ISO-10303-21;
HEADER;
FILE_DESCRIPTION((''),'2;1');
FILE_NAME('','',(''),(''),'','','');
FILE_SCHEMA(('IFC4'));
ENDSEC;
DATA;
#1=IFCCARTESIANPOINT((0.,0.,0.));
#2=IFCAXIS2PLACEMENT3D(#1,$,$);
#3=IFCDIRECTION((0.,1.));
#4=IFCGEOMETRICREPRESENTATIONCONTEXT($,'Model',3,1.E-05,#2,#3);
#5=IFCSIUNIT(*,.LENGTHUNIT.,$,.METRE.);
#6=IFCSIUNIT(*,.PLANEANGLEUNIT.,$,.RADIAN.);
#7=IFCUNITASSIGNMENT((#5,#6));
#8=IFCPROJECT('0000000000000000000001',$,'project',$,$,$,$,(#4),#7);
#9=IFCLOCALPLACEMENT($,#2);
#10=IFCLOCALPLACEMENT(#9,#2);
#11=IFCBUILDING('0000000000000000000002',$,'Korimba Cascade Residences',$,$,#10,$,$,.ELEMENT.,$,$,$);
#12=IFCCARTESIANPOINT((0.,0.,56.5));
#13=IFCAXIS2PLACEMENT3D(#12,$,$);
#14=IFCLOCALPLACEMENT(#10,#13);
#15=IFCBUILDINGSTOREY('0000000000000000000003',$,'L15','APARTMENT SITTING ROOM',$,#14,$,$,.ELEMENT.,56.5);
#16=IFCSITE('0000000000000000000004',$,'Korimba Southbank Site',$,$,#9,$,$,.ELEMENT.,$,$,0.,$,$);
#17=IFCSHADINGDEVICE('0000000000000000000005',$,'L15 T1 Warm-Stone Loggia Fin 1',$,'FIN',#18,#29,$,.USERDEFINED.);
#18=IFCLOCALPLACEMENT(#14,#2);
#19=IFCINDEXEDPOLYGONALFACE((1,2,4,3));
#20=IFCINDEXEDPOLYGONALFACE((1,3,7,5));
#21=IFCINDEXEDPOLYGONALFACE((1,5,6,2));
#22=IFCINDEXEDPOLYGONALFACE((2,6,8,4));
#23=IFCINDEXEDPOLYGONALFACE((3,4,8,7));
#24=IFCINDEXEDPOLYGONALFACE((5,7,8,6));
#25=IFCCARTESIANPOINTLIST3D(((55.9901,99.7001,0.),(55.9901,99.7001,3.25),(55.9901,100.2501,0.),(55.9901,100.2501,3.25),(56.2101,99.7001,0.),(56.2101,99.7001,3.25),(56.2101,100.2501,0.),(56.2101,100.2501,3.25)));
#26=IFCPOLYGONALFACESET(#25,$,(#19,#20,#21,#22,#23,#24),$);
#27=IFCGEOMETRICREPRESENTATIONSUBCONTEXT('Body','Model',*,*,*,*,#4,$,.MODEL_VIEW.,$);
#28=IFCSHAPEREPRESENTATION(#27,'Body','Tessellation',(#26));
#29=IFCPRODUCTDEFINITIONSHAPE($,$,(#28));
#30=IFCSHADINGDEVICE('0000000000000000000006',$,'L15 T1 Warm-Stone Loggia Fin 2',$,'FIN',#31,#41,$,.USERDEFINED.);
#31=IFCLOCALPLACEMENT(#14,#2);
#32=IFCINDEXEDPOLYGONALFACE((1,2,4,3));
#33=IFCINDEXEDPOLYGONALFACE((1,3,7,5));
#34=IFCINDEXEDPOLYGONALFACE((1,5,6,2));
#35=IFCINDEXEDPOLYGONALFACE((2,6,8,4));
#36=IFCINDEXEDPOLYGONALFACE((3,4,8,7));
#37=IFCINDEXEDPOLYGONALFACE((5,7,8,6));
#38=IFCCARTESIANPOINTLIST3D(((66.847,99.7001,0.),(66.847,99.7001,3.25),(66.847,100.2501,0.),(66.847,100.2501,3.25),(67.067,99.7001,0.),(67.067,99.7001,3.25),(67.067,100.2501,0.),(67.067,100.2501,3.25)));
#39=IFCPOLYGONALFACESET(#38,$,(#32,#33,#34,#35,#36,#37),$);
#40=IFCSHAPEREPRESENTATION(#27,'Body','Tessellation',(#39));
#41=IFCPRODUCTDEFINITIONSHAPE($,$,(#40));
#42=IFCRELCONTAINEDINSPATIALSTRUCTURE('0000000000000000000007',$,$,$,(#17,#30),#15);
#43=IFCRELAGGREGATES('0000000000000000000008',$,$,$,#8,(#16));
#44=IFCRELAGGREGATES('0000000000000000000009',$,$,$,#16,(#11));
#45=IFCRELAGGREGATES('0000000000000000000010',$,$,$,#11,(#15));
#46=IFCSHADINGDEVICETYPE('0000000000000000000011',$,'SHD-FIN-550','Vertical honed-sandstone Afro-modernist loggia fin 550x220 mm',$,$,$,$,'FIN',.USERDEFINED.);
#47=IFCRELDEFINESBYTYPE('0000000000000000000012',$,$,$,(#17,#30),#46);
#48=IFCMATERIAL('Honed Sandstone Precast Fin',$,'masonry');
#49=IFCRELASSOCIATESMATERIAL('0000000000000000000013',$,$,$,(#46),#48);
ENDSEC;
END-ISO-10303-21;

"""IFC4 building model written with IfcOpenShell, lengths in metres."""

from ifc_helpers import new_model, si_unit, direction, frame, origin, origin_2d, place, context, subcontext, project, spatial, rectangle, extrude, material, type_object, element, save


model = new_model("IFC4")

# Units and contexts
model_context = context("Model", 3, precision=1e-05, world=origin(), true_north=direction((0.0, 1.0)))
body_context = subcontext(model_context, "Body", "Model", "MODEL_VIEW")
ifc_project = project(units=[si_unit("LENGTHUNIT", "METRE"), si_unit("PLANEANGLEUNIT", "RADIAN")], contexts=[model_context])

# Site, building, storey
site_placement = place(None, origin())
site = spatial("IfcSite", under=ifc_project, at=site_placement, Name="Korimba Southbank Site", CompositionType="ELEMENT", RefElevation=0.0)
building_placement = place(site_placement, origin())
building = spatial("IfcBuilding", under=site, at=building_placement, Name="Korimba Cascade Residences", CompositionType="ELEMENT")
storey_placement = place(building_placement, frame((0.0, 0.0, 56.5)))
storey = spatial("IfcBuildingStorey", under=building, at=storey_placement, Name="L15", Description="APARTMENT SITTING ROOM", CompositionType="ELEMENT", Elevation=56.5)

# Shading devices
ifc_material_1 = material(Name="Honed Sandstone Precast Fin", Category="masonry")
shading_device_type = type_object("IfcShadingDeviceType", Name="SHD-FIN-550", Description="Vertical honed-sandstone Afro-modernist loggia fin 550x220 mm", ElementType="FIN", PredefinedType="USERDEFINED", material=ifc_material_1)
for number, where, z_axis, x_axis, name in (
    (1, (56.1001, 99.9751, 0.0), (0.0, 0.0, 1.0), (1.0, 0.0, 0.0), "L15 T1 Warm-Stone Loggia Fin 1"),
    (2, (66.957, 99.9751, 0.0), (0.0, 0.0, 1.0), (1.0, 0.0, 0.0), "L15 T1 Warm-Stone Loggia Fin 2"),
):
    element("IfcShadingDevice", number, at=place(storey_placement, frame(where, z_axis=z_axis, x_axis=x_axis)), inside=storey, type_object=shading_device_type, Name=name, ObjectType="FIN", PredefinedType="USERDEFINED", context=body_context, shape_type="SweptSolid", body=[
        extrude(rectangle(XDim=0.22, YDim=0.55, at=origin_2d()), origin(), (0.0, 0.0, 1.0), 3.25),
    ])

save(model, "model.ifc")
